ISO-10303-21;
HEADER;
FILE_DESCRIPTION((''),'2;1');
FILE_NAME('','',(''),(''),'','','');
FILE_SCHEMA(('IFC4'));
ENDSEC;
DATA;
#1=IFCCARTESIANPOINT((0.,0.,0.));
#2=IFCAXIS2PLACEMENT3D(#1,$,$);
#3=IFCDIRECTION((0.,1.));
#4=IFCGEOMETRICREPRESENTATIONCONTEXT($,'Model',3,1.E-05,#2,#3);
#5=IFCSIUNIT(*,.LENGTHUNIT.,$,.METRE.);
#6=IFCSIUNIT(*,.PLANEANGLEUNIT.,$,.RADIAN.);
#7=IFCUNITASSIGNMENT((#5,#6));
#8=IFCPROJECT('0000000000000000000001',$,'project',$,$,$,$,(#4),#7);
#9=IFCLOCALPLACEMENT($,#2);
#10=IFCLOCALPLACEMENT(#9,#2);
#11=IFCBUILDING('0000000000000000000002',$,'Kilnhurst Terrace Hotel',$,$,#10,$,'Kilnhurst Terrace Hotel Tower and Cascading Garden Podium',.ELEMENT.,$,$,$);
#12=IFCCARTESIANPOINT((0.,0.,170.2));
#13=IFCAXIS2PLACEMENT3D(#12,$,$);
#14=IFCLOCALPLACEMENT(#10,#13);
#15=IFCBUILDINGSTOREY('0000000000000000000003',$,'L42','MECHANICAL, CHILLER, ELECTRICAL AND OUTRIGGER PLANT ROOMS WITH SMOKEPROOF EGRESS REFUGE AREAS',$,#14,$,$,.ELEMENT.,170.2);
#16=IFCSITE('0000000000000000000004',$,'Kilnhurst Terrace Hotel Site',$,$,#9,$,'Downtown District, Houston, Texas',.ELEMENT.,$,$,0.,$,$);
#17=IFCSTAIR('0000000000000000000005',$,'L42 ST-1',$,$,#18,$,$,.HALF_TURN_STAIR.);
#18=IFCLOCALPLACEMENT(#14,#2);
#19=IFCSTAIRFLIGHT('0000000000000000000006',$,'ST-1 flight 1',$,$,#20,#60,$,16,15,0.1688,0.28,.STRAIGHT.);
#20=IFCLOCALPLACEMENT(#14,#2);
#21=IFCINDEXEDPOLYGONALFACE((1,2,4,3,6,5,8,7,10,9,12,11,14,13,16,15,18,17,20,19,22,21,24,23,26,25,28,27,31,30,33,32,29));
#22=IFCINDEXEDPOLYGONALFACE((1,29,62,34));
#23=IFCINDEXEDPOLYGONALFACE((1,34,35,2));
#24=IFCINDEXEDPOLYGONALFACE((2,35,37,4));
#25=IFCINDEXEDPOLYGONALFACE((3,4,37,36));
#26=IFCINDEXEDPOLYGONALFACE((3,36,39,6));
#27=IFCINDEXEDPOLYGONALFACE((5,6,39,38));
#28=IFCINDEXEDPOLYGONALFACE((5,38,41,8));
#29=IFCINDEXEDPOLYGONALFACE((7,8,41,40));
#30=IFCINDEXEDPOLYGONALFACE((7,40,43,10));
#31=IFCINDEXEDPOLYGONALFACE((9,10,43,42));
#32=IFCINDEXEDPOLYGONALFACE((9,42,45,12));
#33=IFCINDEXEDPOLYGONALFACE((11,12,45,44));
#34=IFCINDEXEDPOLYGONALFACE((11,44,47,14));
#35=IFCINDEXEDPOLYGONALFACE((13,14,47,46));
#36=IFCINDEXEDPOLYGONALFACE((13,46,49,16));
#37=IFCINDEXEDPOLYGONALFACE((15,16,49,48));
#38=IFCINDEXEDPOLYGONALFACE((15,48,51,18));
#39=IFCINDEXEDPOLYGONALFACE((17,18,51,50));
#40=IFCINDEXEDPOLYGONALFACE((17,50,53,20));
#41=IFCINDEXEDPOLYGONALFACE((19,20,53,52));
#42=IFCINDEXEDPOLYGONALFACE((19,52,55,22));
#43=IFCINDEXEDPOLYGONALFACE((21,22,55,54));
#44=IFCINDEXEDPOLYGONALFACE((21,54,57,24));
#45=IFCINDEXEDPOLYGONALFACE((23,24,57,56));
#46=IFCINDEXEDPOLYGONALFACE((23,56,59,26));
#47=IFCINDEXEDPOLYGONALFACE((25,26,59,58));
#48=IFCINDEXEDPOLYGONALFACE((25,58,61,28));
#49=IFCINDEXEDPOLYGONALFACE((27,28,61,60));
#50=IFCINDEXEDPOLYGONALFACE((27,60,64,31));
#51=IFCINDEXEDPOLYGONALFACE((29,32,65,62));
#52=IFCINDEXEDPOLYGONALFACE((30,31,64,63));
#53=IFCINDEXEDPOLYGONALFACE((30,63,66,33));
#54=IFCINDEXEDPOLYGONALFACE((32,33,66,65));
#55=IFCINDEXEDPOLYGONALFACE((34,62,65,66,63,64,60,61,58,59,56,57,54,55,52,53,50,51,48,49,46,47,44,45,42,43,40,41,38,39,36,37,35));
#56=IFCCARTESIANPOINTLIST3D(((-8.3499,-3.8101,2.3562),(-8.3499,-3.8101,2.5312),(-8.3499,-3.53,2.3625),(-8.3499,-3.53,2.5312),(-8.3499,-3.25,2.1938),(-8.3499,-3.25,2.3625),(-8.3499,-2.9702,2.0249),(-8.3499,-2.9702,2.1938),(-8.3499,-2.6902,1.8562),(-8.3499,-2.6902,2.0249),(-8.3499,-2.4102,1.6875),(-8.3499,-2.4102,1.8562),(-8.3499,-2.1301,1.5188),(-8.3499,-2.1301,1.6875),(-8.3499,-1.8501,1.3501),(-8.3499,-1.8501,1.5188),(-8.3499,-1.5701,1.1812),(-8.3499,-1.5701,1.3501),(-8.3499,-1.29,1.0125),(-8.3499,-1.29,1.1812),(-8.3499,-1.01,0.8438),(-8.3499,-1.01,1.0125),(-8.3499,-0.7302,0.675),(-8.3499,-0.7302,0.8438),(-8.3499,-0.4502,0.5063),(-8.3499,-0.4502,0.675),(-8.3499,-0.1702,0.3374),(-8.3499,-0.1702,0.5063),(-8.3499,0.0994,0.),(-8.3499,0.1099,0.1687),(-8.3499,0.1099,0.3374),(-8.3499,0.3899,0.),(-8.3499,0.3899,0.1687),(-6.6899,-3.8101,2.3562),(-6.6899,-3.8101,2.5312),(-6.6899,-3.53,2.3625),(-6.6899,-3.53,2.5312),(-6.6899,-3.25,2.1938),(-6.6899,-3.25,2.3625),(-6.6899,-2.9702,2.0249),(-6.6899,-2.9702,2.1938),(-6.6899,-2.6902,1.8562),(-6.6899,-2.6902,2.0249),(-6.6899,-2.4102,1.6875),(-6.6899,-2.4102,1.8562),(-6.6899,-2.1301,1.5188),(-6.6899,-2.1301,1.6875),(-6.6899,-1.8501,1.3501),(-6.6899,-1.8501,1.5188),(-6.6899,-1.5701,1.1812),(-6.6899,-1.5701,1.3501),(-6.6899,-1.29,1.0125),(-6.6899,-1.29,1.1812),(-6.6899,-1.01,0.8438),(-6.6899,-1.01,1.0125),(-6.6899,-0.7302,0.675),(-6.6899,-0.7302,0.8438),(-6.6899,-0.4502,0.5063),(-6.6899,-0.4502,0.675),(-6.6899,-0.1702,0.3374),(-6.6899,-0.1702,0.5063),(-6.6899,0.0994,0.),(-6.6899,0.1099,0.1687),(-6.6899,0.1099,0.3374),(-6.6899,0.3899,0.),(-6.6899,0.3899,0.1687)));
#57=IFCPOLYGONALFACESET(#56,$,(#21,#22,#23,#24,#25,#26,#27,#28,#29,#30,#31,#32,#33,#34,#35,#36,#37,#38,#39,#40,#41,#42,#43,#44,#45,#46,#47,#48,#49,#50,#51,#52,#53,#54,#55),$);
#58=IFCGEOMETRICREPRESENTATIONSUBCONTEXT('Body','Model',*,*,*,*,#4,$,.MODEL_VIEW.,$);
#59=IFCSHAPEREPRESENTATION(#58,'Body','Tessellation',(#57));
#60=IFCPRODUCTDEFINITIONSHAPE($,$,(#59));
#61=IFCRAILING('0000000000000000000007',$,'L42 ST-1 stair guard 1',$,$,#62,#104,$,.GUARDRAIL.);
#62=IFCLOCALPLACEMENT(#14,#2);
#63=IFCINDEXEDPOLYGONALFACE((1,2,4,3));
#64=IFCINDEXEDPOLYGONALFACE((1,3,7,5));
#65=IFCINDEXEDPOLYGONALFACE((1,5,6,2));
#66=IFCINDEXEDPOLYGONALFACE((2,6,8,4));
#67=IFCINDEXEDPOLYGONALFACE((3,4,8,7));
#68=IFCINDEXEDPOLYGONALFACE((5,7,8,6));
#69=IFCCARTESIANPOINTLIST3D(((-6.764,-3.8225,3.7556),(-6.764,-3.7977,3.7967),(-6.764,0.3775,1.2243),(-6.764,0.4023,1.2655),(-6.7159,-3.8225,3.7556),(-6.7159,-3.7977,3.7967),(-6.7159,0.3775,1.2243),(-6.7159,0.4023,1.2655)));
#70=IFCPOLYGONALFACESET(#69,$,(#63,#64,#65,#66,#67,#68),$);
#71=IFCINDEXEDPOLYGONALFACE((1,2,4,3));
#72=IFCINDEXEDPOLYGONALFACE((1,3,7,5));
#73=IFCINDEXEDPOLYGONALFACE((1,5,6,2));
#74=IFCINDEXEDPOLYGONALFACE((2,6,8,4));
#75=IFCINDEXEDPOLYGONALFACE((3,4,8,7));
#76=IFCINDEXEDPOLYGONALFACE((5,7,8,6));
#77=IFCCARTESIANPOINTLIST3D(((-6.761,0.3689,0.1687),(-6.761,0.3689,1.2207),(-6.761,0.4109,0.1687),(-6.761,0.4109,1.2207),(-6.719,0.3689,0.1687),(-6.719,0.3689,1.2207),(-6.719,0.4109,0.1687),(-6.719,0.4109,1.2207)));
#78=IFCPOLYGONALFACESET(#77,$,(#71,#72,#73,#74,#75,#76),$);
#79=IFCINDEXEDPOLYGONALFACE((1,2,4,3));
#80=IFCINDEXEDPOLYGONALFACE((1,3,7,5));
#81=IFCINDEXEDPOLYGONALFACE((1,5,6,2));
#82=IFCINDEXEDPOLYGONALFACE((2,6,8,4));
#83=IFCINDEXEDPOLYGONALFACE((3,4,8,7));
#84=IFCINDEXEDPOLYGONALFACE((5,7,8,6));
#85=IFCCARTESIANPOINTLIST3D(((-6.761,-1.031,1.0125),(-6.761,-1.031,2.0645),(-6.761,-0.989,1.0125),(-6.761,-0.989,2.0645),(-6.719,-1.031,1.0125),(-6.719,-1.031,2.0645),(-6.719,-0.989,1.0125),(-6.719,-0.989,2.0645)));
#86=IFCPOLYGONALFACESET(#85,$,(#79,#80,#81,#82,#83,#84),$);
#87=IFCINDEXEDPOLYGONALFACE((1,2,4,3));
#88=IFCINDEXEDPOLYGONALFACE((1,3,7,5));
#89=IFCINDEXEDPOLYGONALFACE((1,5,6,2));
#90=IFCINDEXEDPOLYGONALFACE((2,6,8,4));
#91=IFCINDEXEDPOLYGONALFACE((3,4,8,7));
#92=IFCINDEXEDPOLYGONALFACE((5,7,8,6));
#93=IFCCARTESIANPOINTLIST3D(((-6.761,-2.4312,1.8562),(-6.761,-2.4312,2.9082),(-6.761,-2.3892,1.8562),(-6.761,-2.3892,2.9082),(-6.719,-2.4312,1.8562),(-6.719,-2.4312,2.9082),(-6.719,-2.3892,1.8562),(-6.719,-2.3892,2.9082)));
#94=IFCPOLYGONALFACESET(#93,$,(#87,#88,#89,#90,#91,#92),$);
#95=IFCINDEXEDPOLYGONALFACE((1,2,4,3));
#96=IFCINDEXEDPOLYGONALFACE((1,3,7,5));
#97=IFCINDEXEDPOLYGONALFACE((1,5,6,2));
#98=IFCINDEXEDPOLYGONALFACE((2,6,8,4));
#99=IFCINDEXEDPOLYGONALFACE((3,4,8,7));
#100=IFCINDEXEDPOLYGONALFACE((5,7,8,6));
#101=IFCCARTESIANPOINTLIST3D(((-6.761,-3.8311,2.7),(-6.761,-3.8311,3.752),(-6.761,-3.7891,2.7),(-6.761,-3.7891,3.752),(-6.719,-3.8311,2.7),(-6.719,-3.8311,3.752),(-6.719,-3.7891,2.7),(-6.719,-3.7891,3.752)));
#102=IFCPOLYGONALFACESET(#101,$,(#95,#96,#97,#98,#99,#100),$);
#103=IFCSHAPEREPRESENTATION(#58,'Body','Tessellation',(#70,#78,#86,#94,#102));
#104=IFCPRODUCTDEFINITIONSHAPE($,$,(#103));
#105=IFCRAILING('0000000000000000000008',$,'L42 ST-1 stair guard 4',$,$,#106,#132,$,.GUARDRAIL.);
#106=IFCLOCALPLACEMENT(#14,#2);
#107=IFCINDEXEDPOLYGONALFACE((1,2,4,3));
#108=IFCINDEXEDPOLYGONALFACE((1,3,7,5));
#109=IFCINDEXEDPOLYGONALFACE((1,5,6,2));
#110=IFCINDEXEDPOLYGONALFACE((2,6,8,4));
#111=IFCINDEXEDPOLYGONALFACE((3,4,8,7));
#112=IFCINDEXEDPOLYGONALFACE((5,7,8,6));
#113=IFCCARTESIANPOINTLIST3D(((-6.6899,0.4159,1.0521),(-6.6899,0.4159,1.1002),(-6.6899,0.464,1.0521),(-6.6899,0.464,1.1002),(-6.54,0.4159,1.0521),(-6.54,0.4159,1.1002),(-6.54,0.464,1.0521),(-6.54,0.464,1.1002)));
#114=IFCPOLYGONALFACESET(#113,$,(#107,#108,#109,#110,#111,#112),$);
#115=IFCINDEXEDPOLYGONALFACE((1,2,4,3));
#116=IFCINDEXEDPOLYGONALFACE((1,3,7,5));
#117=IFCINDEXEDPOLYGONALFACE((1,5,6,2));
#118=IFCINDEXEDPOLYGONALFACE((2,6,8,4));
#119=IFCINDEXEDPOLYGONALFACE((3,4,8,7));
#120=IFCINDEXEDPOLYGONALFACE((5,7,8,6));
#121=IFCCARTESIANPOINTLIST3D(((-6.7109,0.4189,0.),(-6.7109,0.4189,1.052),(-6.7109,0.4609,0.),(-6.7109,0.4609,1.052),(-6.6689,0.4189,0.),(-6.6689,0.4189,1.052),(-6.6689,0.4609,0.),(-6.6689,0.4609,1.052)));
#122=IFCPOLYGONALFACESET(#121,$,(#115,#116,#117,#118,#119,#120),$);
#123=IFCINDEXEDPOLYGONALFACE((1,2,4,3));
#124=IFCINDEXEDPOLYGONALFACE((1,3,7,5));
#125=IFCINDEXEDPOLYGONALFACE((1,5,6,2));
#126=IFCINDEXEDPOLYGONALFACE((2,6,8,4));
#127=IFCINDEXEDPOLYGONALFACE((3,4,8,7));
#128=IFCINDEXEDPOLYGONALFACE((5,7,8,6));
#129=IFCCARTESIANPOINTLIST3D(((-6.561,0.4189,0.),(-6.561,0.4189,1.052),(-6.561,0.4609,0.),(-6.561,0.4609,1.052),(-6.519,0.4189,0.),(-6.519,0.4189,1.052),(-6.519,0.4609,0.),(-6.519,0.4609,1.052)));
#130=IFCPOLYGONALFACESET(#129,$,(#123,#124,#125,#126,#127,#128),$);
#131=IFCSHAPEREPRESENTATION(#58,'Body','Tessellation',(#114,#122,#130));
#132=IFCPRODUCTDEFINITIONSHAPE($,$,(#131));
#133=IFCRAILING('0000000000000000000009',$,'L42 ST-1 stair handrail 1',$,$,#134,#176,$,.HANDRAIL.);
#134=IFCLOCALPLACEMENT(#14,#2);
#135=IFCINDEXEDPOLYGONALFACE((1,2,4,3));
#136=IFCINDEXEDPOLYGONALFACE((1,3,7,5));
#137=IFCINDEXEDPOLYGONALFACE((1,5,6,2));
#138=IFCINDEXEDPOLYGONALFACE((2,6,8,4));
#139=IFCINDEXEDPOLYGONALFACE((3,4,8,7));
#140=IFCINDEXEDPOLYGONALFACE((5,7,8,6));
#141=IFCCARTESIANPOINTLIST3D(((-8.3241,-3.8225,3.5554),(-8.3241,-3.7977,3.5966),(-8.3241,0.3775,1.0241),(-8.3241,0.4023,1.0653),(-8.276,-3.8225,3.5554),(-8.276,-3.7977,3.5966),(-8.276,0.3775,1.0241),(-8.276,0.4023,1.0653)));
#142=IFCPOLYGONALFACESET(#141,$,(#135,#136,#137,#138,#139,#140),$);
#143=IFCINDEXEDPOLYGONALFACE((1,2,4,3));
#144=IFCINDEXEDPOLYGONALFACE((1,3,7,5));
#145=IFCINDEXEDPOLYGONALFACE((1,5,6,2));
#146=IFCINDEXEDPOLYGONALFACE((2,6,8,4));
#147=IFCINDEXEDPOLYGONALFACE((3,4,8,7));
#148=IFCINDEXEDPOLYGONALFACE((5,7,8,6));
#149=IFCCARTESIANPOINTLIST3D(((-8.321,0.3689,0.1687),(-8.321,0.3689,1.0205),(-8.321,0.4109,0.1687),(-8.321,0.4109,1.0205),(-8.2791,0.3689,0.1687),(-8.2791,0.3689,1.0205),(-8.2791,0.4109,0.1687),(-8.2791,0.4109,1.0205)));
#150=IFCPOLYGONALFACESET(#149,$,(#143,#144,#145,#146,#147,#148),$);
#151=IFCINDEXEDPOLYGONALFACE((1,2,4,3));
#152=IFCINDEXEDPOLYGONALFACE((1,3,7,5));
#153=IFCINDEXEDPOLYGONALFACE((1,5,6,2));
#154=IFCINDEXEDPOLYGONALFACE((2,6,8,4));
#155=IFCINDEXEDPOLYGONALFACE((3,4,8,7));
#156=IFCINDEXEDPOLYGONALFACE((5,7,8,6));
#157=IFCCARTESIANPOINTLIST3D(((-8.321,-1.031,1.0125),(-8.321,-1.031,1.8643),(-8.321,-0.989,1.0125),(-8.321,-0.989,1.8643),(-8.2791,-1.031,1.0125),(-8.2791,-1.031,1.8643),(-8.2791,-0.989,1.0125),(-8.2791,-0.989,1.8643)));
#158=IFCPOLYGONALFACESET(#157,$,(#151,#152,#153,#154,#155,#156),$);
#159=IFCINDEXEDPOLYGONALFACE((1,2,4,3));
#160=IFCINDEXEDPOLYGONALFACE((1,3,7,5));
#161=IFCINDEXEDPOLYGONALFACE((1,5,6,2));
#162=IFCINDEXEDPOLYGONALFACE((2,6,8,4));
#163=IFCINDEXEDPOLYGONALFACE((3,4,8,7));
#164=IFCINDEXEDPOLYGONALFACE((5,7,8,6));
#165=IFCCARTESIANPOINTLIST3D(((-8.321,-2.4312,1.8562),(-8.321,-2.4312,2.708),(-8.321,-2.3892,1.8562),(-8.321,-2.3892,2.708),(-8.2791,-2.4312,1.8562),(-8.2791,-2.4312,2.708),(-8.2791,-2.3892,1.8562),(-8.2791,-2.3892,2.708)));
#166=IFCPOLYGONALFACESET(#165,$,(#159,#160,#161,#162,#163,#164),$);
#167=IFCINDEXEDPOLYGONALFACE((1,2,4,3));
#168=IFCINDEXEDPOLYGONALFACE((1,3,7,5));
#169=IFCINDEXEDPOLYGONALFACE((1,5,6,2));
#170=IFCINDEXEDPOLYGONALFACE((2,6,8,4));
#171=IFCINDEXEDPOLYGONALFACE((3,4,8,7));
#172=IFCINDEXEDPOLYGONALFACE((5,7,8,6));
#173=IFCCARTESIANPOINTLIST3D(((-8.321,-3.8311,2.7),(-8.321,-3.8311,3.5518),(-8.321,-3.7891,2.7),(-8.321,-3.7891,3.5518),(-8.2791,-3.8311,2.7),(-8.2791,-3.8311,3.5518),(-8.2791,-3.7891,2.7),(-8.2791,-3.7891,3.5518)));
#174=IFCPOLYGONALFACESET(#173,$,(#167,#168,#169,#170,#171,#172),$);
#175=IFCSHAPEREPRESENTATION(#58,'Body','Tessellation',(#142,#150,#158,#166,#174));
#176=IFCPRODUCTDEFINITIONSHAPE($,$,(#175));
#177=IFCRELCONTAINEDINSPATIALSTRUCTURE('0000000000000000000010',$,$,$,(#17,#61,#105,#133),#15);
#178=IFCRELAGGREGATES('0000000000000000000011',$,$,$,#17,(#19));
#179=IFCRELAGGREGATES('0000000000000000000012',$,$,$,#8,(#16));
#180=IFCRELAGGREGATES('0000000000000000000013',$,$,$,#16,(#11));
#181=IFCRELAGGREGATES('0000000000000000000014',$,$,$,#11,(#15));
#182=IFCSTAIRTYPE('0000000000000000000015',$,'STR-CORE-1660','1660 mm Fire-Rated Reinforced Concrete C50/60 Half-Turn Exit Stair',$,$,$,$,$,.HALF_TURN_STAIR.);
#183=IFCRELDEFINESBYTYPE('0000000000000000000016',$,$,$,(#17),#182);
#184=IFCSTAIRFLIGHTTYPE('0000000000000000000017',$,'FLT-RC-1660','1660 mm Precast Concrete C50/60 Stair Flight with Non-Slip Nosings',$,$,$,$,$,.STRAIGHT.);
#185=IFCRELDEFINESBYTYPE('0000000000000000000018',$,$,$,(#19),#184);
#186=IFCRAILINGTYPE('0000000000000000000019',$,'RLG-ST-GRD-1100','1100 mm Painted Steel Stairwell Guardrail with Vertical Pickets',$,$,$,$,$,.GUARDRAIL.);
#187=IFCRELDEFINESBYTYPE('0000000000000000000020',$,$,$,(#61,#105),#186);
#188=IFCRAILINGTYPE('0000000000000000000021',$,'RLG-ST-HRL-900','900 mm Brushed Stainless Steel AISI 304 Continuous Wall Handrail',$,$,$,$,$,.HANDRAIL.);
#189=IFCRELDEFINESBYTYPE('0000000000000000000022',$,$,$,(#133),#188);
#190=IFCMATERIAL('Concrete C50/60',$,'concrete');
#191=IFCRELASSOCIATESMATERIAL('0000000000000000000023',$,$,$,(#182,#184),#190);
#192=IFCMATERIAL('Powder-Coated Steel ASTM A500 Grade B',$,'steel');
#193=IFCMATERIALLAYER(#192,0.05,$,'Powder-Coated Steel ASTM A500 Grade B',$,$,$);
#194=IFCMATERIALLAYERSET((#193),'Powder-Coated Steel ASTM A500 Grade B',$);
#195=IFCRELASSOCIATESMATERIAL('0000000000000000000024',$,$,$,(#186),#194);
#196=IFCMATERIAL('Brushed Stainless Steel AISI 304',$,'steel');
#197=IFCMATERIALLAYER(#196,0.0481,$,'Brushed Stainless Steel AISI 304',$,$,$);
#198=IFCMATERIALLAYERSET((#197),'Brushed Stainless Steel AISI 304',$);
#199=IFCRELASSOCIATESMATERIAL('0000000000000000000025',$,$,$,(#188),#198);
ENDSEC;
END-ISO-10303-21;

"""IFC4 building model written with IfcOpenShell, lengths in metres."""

from ifc_helpers import new_model, si_unit, direction, frame, origin, origin_2d, place, context, subcontext, project, spatial, polyline, rectangle, outline, extrude, material, layer, layer_set, type_object, element, aggregate, save


model = new_model("IFC4")

# Units and contexts
model_context = context("Model", 3, precision=1e-05, world=origin(), true_north=direction((0.0, 1.0)))
body_context = subcontext(model_context, "Body", "Model", "MODEL_VIEW")
ifc_project = project(units=[si_unit("LENGTHUNIT", "METRE"), si_unit("PLANEANGLEUNIT", "RADIAN")], contexts=[model_context])

# Site, building, storey
site_placement = place(None, origin())
site = spatial("IfcSite", under=ifc_project, at=site_placement, Name="Kilnhurst Terrace Hotel Site", LongName="Downtown District, Houston, Texas", CompositionType="ELEMENT", RefElevation=0.0)
building_placement = place(site_placement, origin())
building = spatial("IfcBuilding", under=site, at=building_placement, Name="Kilnhurst Terrace Hotel", LongName="Kilnhurst Terrace Hotel Tower and Cascading Garden Podium", CompositionType="ELEMENT")
storey_placement = place(building_placement, frame((0.0, 0.0, 170.2)))
storey = spatial("IfcBuildingStorey", under=building, at=storey_placement, Name="L42", Description="MECHANICAL, CHILLER, ELECTRICAL AND OUTRIGGER PLANT ROOMS WITH SMOKEPROOF EGRESS REFUGE AREAS", CompositionType="ELEMENT", Elevation=170.2)

# Shared definitions
ifc_material_1 = material(Name="Concrete C50/60", Category="concrete")

# Stair, stair flight
stair_type = type_object("IfcStairType", Name="STR-CORE-1660", Description="1660 mm Fire-Rated Reinforced Concrete C50/60 Half-Turn Exit Stair", PredefinedType="HALF_TURN_STAIR", material=ifc_material_1)
stair_placement = place(storey_placement, origin())
stair = element("IfcStair", 1, at=stair_placement, inside=storey, type_object=stair_type, Name="L42 ST-1", PredefinedType="HALF_TURN_STAIR")
stair_flight_type = type_object("IfcStairFlightType", Name="FLT-RC-1660", Description="1660 mm Precast Concrete C50/60 Stair Flight with Non-Slip Nosings", PredefinedType="STRAIGHT", material=ifc_material_1)
stair_flight_placement = place(storey_placement, frame((-7.52, 0.3899, 0.0), z_axis=(0.0, 0.0, 1.0), x_axis=(0.0, -1.0, 0.0)))
stair_flight = element("IfcStairFlight", 2, at=stair_flight_placement, type_object=stair_flight_type, Name="ST-1 flight 1", NumberOfRisers=16, NumberOfTreads=15, PredefinedType="STRAIGHT", RiserHeight=0.1688, TreadLength=0.28, context=body_context, shape_type="SweptSolid", body=[
    extrude(outline(polyline([(0.0, 0.0), (0.0, 0.1687), (0.28, 0.1687), (0.28, 0.3374), (0.5601, 0.3374), (0.5601, 0.5063), (0.8401, 0.5063), (0.8401, 0.675), (1.1201, 0.675), (1.1201, 0.8438), (1.3999, 0.8438), (1.3999, 1.0125), (1.6799, 1.0125), (1.6799, 1.1812), (1.96, 1.1812), (1.96, 1.3501), (2.24, 1.3501), (2.24, 1.5188), (2.52, 1.5188), (2.52, 1.6875), (2.8, 1.6875), (2.8, 1.8562), (3.0801, 1.8562), (3.0801, 2.0249), (3.3601, 2.0249), (3.3601, 2.1938), (3.6399, 2.1938), (3.6399, 2.3625), (3.9199, 2.3625), (3.9199, 2.5312), (4.2, 2.5312), (4.2, 2.7), (4.2, 2.3562), (0.2905, 0.0), (0.0, 0.0)])), frame((0.0, 0.8301, 0.0), z_axis=(0.0, -1.0, 0.0), x_axis=(1.0, 0.0, 0.0)), (0.0, 0.0, 1.0), 1.6599),
])
aggregate(stair, [stair_flight])

# Railings
ifc_material_2 = material(Name="Powder-Coated Steel ASTM A500 Grade B", Category="steel")
ifc_layer_1 = layer(ifc_material_2, 0.05, Name="Powder-Coated Steel ASTM A500 Grade B")
ifc_layer_set_1 = layer_set([ifc_layer_1], Name="Powder-Coated Steel ASTM A500 Grade B")
railing_type_1 = type_object("IfcRailingType", Name="RLG-ST-GRD-1100", Description="1100 mm Painted Steel Stairwell Guardrail with Vertical Pickets", PredefinedType="GUARDRAIL", material=ifc_layer_set_1)
railing_1_placement = place(storey_placement, frame((-6.74, 0.3899, 0.1687)))
element("IfcRailing", 3, at=railing_1_placement, inside=storey, type_object=railing_type_1, Name="L42 ST-1 stair guard 1", PredefinedType="GUARDRAIL", context=body_context, shape_type="SweptSolid", body=[
    extrude(rectangle(XDim=0.0481, YDim=0.0481, at=origin_2d()), frame((0.0, 0.0, 1.0762), z_axis=(0.0, -0.856476, 0.516186), x_axis=(1.0, 0.0, 0.0)), (0.0, 0.0, 1.0), 4.9038),
    extrude(rectangle(XDim=0.042, YDim=0.042, at=origin_2d()), origin(), (0.0, 0.0, 1.0), 1.052),
    extrude(rectangle(XDim=0.042, YDim=0.042, at=origin_2d()), frame((0.0, -1.3999, 0.8438)), (0.0, 0.0, 1.0), 1.052),
    extrude(rectangle(XDim=0.042, YDim=0.042, at=origin_2d()), frame((0.0, -2.8, 1.6875)), (0.0, 0.0, 1.0), 1.052),
    extrude(rectangle(XDim=0.042, YDim=0.042, at=origin_2d()), frame((0.0, -4.2, 2.5312)), (0.0, 0.0, 1.0), 1.052),
])
railing_2_placement = place(storey_placement, frame((-6.6899, 0.4399, 0.0)))
element("IfcRailing", 4, at=railing_2_placement, inside=storey, type_object=railing_type_1, Name="L42 ST-1 stair guard 4", PredefinedType="GUARDRAIL", context=body_context, shape_type="SweptSolid", body=[
    extrude(rectangle(XDim=0.0481, YDim=0.0481, at=origin_2d()), frame((0.0, 0.0, 1.0762), z_axis=(1.0, 0.0, 0.0), x_axis=(0.0, 1.0, 0.0)), (0.0, 0.0, 1.0), 0.1499),
    extrude(rectangle(XDim=0.042, YDim=0.042, at=origin_2d()), origin(), (0.0, 0.0, 1.0), 1.052),
    extrude(rectangle(XDim=0.042, YDim=0.042, at=origin_2d()), frame((0.1499, 0.0, 0.0)), (0.0, 0.0, 1.0), 1.052),
])
ifc_material_3 = material(Name="Brushed Stainless Steel AISI 304", Category="steel")
ifc_layer_2 = layer(ifc_material_3, 0.0481, Name="Brushed Stainless Steel AISI 304")
ifc_layer_set_2 = layer_set([ifc_layer_2], Name="Brushed Stainless Steel AISI 304")
railing_type_2 = type_object("IfcRailingType", Name="RLG-ST-HRL-900", Description="900 mm Brushed Stainless Steel AISI 304 Continuous Wall Handrail", PredefinedType="HANDRAIL", material=ifc_layer_set_2)
railing_3_placement = place(storey_placement, frame((-8.3, 0.3899, 0.1687)))
element("IfcRailing", 5, at=railing_3_placement, inside=storey, type_object=railing_type_2, Name="L42 ST-1 stair handrail 1", PredefinedType="HANDRAIL", context=body_context, shape_type="SweptSolid", body=[
    extrude(rectangle(XDim=0.0481, YDim=0.0481, at=origin_2d()), frame((0.0, 0.0, 0.876), z_axis=(0.0, -0.856476, 0.516186), x_axis=(1.0, 0.0, 0.0)), (0.0, 0.0, 1.0), 4.9038),
    extrude(rectangle(XDim=0.042, YDim=0.042, at=origin_2d()), origin(), (0.0, 0.0, 1.0), 0.8518),
    extrude(rectangle(XDim=0.042, YDim=0.042, at=origin_2d()), frame((0.0, -1.3999, 0.8438)), (0.0, 0.0, 1.0), 0.8518),
    extrude(rectangle(XDim=0.042, YDim=0.042, at=origin_2d()), frame((0.0, -2.8, 1.6875)), (0.0, 0.0, 1.0), 0.8518),
    extrude(rectangle(XDim=0.042, YDim=0.042, at=origin_2d()), frame((0.0, -4.2, 2.5312)), (0.0, 0.0, 1.0), 0.8518),
])

save(model, "model.ifc")
